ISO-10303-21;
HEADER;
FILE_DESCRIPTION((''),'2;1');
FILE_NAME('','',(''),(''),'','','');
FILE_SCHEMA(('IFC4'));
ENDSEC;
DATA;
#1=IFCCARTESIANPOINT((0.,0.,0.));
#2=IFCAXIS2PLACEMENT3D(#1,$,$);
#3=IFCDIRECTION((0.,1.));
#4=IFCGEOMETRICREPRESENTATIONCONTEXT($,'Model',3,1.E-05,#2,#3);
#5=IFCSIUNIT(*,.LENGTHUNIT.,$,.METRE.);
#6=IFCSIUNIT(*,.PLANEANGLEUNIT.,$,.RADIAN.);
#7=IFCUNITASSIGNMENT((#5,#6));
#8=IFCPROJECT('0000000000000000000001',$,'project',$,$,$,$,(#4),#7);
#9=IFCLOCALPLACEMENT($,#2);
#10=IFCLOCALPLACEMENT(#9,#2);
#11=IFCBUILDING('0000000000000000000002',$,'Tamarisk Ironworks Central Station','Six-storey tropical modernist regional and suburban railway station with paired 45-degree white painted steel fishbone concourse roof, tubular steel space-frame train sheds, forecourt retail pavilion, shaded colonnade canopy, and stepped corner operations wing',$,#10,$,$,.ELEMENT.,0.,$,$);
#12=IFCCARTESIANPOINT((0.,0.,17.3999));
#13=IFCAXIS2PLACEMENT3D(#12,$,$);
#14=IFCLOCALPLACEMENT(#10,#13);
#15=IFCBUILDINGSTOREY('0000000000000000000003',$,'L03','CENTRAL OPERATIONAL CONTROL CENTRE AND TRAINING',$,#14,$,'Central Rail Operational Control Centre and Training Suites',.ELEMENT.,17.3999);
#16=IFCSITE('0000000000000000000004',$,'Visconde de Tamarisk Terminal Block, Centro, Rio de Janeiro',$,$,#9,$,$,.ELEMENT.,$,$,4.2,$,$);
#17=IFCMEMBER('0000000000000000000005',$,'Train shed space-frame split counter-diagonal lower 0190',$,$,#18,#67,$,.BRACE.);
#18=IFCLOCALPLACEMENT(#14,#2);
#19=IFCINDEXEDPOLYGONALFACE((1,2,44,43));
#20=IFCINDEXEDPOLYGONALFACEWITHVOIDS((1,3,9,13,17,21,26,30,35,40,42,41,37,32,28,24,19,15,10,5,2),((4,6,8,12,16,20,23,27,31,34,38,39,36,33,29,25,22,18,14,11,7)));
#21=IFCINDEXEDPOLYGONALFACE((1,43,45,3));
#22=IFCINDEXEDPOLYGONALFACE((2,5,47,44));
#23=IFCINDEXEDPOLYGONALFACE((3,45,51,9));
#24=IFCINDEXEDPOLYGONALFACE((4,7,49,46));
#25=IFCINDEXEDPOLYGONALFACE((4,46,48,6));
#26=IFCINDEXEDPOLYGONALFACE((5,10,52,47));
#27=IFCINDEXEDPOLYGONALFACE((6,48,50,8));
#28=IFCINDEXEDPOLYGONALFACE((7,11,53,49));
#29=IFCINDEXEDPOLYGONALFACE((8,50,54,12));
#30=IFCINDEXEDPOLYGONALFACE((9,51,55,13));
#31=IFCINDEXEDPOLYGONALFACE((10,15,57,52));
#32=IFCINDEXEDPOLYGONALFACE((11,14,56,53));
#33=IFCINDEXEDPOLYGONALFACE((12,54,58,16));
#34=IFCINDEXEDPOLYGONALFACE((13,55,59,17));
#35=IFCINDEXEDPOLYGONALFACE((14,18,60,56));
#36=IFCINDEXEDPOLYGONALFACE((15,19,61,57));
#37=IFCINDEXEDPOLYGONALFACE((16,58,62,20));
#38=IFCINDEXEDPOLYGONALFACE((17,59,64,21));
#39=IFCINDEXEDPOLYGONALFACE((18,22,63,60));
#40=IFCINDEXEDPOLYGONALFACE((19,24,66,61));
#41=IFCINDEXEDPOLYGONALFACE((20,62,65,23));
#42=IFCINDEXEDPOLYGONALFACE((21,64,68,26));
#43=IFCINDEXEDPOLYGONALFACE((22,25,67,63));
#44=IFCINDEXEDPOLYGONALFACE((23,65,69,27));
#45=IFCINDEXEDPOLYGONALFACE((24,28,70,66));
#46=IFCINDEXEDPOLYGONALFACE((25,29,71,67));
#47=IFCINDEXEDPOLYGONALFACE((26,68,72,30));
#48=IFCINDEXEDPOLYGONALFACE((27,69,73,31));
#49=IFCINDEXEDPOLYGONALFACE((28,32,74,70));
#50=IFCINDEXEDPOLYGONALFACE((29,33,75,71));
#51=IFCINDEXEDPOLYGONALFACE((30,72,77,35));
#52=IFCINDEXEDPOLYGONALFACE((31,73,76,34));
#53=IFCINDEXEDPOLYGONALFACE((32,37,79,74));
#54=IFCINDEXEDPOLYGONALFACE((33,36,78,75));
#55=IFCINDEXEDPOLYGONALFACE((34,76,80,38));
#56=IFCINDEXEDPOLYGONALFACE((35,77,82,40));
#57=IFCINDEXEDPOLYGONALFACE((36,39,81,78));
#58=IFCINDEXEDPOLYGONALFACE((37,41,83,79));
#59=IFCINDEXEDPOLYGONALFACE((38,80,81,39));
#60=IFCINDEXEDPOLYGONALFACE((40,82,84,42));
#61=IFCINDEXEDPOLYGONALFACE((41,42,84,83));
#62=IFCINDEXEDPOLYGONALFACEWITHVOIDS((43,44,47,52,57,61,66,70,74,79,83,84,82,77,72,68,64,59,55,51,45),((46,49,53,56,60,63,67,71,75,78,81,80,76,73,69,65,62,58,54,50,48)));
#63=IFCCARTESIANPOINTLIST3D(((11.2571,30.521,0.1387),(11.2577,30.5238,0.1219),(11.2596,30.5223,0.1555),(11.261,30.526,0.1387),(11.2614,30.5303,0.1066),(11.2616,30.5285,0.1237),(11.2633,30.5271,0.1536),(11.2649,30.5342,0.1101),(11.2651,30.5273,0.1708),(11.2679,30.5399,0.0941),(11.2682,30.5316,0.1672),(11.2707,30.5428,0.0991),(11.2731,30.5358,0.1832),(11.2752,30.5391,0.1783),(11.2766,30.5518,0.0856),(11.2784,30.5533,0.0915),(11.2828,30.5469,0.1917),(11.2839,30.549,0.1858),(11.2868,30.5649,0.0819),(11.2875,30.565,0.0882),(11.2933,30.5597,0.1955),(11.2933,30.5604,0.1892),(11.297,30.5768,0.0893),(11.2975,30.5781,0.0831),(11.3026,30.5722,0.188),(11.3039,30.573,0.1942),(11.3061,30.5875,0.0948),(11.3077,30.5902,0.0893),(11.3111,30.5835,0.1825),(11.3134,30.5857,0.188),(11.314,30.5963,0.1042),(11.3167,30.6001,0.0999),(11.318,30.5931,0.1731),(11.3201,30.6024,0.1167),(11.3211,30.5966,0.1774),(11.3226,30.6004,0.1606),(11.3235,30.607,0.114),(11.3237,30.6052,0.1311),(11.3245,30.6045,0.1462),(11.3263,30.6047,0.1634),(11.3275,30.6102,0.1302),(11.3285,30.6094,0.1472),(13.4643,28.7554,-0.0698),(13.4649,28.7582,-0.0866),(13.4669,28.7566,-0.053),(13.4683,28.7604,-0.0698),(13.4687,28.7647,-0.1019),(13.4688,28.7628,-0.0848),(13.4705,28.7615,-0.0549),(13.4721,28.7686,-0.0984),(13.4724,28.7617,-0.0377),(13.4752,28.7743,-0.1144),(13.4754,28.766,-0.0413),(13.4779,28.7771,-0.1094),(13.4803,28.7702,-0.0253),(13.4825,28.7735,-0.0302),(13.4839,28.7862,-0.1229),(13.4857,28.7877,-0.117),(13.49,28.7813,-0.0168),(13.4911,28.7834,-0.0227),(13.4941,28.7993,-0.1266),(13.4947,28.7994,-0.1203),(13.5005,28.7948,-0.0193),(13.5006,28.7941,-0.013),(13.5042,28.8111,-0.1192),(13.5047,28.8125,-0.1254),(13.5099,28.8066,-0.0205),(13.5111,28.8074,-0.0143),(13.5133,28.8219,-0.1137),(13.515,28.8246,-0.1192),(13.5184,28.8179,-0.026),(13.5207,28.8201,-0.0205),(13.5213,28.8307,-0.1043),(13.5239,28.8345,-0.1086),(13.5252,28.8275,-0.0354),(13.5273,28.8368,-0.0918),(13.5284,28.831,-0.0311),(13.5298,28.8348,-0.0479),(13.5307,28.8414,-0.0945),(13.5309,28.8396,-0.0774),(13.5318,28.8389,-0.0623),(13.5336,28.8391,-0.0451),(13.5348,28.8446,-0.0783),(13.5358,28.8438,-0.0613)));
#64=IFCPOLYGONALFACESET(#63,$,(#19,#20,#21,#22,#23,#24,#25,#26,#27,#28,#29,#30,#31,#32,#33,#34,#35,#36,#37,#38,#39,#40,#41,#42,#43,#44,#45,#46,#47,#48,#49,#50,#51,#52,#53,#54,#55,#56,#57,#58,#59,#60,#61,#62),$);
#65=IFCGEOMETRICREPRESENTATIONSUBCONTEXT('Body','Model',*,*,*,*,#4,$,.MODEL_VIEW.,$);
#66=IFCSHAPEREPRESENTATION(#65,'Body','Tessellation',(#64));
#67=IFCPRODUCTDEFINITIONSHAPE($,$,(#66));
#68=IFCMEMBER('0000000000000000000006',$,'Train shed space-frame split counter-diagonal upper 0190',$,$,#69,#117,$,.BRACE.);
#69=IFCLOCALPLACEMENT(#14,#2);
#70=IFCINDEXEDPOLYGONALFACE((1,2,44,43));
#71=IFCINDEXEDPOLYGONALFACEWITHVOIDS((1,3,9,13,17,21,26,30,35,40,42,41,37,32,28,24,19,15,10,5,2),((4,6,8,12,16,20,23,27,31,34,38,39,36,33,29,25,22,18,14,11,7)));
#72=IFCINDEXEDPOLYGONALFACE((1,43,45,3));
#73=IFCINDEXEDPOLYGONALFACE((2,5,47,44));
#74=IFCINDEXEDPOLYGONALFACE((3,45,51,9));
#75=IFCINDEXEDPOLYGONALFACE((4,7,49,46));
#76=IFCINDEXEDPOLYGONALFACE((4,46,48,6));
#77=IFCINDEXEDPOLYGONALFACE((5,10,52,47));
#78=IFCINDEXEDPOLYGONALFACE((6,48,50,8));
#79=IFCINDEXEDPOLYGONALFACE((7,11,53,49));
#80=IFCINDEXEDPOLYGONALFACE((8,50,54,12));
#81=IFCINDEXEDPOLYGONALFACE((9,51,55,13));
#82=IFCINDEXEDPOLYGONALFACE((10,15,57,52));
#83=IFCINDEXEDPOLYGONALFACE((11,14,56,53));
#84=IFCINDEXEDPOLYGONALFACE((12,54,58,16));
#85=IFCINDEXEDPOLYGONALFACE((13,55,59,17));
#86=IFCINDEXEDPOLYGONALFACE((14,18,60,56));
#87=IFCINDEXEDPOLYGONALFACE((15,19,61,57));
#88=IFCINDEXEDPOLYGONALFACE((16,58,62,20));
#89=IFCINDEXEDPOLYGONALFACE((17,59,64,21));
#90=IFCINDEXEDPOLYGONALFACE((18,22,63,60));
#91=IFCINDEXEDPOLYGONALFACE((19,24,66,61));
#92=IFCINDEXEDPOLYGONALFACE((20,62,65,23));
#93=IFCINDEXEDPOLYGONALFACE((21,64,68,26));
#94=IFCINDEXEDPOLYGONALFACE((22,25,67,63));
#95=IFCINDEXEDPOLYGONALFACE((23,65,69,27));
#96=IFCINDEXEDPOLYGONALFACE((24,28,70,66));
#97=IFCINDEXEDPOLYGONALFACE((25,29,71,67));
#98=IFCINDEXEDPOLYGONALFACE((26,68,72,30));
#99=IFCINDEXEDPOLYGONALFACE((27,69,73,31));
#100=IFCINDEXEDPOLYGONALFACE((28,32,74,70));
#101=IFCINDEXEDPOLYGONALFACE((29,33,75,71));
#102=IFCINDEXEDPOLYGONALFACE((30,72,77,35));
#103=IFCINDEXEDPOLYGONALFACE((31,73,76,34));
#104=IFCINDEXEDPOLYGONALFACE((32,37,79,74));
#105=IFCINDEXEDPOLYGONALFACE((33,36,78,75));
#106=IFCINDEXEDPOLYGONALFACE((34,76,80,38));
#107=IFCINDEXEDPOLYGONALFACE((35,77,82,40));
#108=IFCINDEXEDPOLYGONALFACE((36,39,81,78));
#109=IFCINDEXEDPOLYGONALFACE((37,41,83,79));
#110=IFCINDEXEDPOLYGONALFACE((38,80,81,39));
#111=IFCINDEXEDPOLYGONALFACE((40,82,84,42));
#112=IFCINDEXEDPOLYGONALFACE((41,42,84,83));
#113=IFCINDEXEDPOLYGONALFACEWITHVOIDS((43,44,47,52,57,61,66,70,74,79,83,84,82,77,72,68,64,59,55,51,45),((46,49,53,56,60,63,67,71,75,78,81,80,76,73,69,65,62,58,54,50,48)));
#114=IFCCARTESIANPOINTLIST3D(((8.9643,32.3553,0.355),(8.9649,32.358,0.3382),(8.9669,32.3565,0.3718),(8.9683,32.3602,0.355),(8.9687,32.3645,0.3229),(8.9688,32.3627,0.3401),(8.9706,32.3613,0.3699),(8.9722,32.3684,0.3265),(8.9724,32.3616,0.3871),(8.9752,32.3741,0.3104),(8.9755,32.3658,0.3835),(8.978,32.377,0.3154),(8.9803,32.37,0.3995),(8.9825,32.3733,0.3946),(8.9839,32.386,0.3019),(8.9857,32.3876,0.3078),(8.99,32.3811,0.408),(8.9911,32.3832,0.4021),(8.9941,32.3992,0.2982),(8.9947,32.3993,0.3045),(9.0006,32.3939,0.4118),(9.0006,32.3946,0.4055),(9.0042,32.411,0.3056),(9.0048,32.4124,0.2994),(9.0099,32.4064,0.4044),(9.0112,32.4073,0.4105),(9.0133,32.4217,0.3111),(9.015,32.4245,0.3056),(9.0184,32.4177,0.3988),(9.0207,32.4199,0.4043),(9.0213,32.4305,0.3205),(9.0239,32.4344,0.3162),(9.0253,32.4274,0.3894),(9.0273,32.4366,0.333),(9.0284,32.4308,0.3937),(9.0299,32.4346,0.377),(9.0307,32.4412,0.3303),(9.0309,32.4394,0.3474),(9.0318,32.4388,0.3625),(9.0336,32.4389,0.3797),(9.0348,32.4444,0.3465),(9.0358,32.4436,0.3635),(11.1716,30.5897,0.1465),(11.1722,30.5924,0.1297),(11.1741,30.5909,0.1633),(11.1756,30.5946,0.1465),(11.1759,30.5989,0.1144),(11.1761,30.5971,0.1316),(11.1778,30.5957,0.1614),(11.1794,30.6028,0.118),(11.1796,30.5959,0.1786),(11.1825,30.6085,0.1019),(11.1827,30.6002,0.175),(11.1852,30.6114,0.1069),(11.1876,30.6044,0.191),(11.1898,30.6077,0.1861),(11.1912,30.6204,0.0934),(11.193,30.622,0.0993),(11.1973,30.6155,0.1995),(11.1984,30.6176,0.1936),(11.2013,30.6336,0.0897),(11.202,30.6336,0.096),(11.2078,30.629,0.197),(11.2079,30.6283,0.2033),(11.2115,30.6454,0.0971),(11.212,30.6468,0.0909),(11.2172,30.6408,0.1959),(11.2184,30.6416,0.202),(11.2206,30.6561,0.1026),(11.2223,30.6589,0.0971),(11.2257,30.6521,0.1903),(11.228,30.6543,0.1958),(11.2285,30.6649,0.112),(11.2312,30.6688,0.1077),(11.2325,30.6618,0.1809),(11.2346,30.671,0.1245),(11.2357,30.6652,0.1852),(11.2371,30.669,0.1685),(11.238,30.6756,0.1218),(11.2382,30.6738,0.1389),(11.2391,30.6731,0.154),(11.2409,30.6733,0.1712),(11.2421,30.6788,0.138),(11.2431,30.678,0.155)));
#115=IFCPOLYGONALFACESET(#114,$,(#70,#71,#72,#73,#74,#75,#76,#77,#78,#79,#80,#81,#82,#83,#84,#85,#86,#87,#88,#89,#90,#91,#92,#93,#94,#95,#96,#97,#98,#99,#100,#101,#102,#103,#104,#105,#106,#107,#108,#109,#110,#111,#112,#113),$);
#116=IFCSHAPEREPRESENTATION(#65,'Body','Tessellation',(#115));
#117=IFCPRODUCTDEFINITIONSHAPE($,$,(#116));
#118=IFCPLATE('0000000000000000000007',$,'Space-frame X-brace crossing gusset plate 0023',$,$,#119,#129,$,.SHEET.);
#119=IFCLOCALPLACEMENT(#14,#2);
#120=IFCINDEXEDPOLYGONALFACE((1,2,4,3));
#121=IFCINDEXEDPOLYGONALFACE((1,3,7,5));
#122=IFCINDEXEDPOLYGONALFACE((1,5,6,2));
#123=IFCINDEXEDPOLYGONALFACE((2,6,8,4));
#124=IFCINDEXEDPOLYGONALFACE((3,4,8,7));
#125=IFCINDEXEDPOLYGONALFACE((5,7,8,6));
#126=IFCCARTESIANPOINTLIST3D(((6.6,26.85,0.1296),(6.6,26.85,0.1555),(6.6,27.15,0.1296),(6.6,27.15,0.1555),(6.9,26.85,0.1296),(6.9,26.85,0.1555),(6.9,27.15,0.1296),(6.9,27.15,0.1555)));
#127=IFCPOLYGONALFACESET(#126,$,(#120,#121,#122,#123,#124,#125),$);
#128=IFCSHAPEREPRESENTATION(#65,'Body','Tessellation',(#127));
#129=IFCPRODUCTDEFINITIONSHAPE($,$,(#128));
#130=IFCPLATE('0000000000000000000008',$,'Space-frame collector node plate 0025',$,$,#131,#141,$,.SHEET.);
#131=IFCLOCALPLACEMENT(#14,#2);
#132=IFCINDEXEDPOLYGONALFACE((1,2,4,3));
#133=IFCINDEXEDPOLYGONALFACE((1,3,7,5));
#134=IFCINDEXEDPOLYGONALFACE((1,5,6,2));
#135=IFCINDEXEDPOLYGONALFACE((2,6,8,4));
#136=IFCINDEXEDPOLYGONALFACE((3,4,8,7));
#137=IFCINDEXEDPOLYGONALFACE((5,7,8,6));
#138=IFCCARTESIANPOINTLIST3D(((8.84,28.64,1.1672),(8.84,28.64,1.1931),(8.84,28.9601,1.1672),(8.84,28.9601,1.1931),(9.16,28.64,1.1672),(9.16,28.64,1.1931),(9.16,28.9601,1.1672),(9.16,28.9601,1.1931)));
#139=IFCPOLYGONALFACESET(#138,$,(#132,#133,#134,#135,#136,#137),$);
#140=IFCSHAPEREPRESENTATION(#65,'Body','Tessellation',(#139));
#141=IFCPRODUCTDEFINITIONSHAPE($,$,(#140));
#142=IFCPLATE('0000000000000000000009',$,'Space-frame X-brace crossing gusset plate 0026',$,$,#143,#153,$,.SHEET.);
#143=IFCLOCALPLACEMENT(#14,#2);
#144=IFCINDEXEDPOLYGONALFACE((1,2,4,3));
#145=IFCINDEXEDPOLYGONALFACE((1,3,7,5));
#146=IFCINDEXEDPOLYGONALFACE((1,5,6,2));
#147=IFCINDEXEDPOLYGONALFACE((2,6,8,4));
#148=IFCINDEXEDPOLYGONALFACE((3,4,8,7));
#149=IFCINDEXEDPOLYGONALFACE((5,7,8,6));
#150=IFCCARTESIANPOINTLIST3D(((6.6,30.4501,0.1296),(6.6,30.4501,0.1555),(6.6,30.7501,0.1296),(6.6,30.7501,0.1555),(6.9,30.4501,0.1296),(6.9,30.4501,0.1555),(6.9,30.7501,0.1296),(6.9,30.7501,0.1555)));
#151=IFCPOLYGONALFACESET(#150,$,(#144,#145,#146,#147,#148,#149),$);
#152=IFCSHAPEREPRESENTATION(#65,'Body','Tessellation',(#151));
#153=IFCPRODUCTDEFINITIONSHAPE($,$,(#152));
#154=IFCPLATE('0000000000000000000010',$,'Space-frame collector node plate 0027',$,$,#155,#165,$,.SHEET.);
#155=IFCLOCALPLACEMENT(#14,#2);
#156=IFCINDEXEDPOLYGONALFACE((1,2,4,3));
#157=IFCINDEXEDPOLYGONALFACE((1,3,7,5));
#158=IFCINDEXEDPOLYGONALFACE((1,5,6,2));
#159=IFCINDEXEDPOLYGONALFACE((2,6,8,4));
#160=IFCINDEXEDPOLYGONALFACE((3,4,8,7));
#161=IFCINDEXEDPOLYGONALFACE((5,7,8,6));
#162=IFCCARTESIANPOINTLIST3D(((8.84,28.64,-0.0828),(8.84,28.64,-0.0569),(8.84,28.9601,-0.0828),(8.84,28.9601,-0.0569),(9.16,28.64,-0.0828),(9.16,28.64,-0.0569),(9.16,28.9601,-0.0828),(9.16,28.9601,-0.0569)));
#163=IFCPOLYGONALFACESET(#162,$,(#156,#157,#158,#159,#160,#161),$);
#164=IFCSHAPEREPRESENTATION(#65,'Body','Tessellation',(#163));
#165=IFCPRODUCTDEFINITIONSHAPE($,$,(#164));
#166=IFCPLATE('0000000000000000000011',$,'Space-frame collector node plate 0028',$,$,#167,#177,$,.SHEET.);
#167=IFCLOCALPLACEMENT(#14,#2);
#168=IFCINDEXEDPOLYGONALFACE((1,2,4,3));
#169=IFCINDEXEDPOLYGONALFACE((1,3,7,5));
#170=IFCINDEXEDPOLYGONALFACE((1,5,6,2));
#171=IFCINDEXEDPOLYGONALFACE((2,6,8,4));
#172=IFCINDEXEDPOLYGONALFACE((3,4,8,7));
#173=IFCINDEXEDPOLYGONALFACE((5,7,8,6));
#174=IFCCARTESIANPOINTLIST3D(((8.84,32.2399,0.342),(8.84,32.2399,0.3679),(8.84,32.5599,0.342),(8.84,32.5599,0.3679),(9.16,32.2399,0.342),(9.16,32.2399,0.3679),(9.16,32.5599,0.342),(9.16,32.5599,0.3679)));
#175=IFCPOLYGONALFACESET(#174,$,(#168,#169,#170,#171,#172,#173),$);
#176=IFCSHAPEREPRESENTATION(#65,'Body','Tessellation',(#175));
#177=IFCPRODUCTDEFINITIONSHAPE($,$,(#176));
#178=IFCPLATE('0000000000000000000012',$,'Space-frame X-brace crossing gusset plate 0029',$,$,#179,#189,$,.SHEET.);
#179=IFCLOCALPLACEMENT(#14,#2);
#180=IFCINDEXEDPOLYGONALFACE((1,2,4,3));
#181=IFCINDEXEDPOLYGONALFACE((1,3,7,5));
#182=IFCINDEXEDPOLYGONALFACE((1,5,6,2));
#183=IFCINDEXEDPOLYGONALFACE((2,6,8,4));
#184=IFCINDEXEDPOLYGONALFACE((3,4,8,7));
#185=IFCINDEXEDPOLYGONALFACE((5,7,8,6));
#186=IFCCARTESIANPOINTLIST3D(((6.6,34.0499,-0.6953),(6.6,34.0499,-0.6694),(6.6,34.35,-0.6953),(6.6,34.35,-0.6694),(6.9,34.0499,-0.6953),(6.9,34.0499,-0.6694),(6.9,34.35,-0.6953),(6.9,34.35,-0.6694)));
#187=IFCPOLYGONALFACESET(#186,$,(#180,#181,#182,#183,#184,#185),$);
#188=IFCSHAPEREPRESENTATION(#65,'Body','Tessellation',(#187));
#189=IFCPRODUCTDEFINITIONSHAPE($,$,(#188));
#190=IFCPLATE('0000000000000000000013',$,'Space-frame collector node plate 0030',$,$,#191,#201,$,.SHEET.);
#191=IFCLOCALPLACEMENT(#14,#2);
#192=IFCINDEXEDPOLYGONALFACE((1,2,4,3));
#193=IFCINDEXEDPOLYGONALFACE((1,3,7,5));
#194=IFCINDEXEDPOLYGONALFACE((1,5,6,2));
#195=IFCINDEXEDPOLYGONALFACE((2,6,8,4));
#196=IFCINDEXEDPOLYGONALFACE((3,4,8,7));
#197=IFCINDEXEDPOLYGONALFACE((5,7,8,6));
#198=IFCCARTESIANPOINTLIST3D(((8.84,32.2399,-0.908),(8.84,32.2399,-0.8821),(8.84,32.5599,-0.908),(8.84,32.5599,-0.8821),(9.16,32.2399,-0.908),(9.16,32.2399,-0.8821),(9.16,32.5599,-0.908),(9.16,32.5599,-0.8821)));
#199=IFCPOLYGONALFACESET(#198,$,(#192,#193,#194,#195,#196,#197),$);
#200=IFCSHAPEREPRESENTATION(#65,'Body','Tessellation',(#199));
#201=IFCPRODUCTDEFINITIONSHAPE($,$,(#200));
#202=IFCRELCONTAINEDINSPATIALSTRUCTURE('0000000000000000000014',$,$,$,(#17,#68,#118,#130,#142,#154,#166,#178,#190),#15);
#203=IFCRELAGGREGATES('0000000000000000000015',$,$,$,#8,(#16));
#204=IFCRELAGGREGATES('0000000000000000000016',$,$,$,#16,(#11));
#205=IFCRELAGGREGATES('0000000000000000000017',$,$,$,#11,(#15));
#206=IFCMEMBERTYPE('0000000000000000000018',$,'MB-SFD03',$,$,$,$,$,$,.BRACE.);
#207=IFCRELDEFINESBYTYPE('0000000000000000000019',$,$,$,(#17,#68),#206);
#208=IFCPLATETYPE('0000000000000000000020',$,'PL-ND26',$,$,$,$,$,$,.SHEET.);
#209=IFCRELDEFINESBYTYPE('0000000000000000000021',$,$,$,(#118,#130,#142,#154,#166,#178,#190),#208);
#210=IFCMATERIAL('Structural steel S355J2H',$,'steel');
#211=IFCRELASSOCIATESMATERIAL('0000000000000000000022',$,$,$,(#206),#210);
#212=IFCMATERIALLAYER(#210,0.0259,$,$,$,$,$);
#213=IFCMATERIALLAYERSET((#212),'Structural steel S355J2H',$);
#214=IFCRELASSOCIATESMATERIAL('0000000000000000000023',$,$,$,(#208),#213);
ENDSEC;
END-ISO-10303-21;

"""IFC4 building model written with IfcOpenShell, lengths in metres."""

from ifc_helpers import new_model, si_unit, direction, frame, origin, origin_2d, place, context, subcontext, project, spatial, rectangle, hollow_circle, extrude, material, layer, layer_set, material_profile, profile_set, type_object, element, save


model = new_model("IFC4")

# Units and contexts
model_context = context("Model", 3, precision=1e-05, world=origin(), true_north=direction((0.0, 1.0)))
body_context = subcontext(model_context, "Body", "Model", "MODEL_VIEW")
ifc_project = project(units=[si_unit("LENGTHUNIT", "METRE"), si_unit("PLANEANGLEUNIT", "RADIAN")], contexts=[model_context])

# Site, building, storey
site_placement = place(None, origin())
site = spatial("IfcSite", under=ifc_project, at=site_placement, Name="Visconde de Tamarisk Terminal Block, Centro, Rio de Janeiro", CompositionType="ELEMENT", RefElevation=4.2)
building_placement = place(site_placement, origin())
building = spatial("IfcBuilding", under=site, at=building_placement, Name="Tamarisk Ironworks Central Station", Description="Six-storey tropical modernist regional and suburban railway station with paired 45-degree white painted steel fishbone concourse roof, tubular steel space-frame train sheds, forecourt retail pavilion, shaded colonnade canopy, and stepped corner operations wing", CompositionType="ELEMENT", ElevationOfRefHeight=0.0)
storey_placement = place(building_placement, frame((0.0, 0.0, 17.3999)))
storey = spatial("IfcBuildingStorey", under=building, at=storey_placement, Name="L03", Description="CENTRAL OPERATIONAL CONTROL CENTRE AND TRAINING", LongName="Central Rail Operational Control Centre and Training Suites", CompositionType="ELEMENT", Elevation=17.3999)

# Members
ifc_material = material(Name="Structural steel S355J2H", Category="steel")
ifc_material_profile_1 = material_profile(ifc_material, hollow_circle(Radius=0.0571, WallThickness=0.0063, at=origin_2d()), Name="CHS 114.3x6.3")
ifc_profile_set_1 = profile_set([ifc_material_profile_1], Name="Structural steel S355J2H")
member_type_1 = type_object("IfcMemberType", Name="MB-SFD03", PredefinedType="BRACE", material=ifc_profile_set_1)
for number, where, z_axis, x_axis, name in (
    (1, (13.5, 28.8, -0.0698), (-0.778787, 0.62296, 0.073563), (-0.624653, -0.780903, 0.0), "Train shed space-frame split counter-diagonal lower 0190"),
    (2, (11.2073, 30.6343, 0.1465), (-0.778787, 0.62296, 0.073563), (-0.624653, -0.780903, 0.0), "Train shed space-frame split counter-diagonal upper 0190"),
):
    element("IfcMember", number, at=place(storey_placement, frame(where, z_axis=z_axis, x_axis=x_axis)), inside=storey, type_object=member_type_1, Name=name, PredefinedType="BRACE", context=body_context, shape_type="SweptSolid", body=[
        extrude(hollow_circle(Radius=0.0571, WallThickness=0.0063, at=origin_2d()), origin(), (0.0, 0.0, 1.0), 2.8342),
    ])

# Plates
ifc_layer = layer(ifc_material, 0.0259)
ifc_layer_set = layer_set([ifc_layer], Name="Structural steel S355J2H")
plate_type = type_object("IfcPlateType", Name="PL-ND26", PredefinedType="SHEET", material=ifc_layer_set)
plate_1_placement = place(storey_placement, frame((6.75, 27.0, 0.1296), z_axis=(0.0, 0.0, 1.0), x_axis=(1.0, 0.0, 0.0)))
element("IfcPlate", 3, at=plate_1_placement, inside=storey, type_object=plate_type, Name="Space-frame X-brace crossing gusset plate 0023", PredefinedType="SHEET", context=body_context, shape_type="SweptSolid", body=[
    extrude(rectangle(XDim=0.3, YDim=0.3, at=origin_2d()), origin(), (0.0, 0.0, 1.0), 0.0259),
])
plate_2_placement = place(storey_placement, frame((9.0, 28.8, 1.1672), z_axis=(0.0, 0.0, 1.0), x_axis=(1.0, 0.0, 0.0)))
element("IfcPlate", 4, at=plate_2_placement, inside=storey, type_object=plate_type, Name="Space-frame collector node plate 0025", PredefinedType="SHEET", context=body_context, shape_type="SweptSolid", body=[
    extrude(rectangle(XDim=0.3201, YDim=0.3201, at=origin_2d()), origin(), (0.0, 0.0, 1.0), 0.0259),
])
plate_3_placement = place(storey_placement, frame((6.75, 30.6001, 0.1296), z_axis=(0.0, 0.0, 1.0), x_axis=(1.0, 0.0, 0.0)))
element("IfcPlate", 5, at=plate_3_placement, inside=storey, type_object=plate_type, Name="Space-frame X-brace crossing gusset plate 0026", PredefinedType="SHEET", context=body_context, shape_type="SweptSolid", body=[
    extrude(rectangle(XDim=0.3, YDim=0.3, at=origin_2d()), origin(), (0.0, 0.0, 1.0), 0.0259),
])
for number, where, z_axis, x_axis, name in (
    (6, (9.0, 28.8, -0.0828), (0.0, 0.0, 1.0), (1.0, 0.0, 0.0), "Space-frame collector node plate 0027"),
    (7, (9.0, 32.3999, 0.342), (0.0, 0.0, 1.0), (1.0, 0.0, 0.0), "Space-frame collector node plate 0028"),
):
    element("IfcPlate", number, at=place(storey_placement, frame(where, z_axis=z_axis, x_axis=x_axis)), inside=storey, type_object=plate_type, Name=name, PredefinedType="SHEET", context=body_context, shape_type="SweptSolid", body=[
        extrude(rectangle(XDim=0.3201, YDim=0.3201, at=origin_2d()), origin(), (0.0, 0.0, 1.0), 0.0259),
    ])
plate_4_placement = place(storey_placement, frame((6.75, 34.2, -0.6953), z_axis=(0.0, 0.0, 1.0), x_axis=(1.0, 0.0, 0.0)))
element("IfcPlate", 8, at=plate_4_placement, inside=storey, type_object=plate_type, Name="Space-frame X-brace crossing gusset plate 0029", PredefinedType="SHEET", context=body_context, shape_type="SweptSolid", body=[
    extrude(rectangle(XDim=0.3, YDim=0.3, at=origin_2d()), origin(), (0.0, 0.0, 1.0), 0.0259),
])
plate_5_placement = place(storey_placement, frame((9.0, 32.3999, -0.908), z_axis=(0.0, 0.0, 1.0), x_axis=(1.0, 0.0, 0.0)))
element("IfcPlate", 9, at=plate_5_placement, inside=storey, type_object=plate_type, Name="Space-frame collector node plate 0030", PredefinedType="SHEET", context=body_context, shape_type="SweptSolid", body=[
    extrude(rectangle(XDim=0.3201, YDim=0.3201, at=origin_2d()), origin(), (0.0, 0.0, 1.0), 0.0259),
])

save(model, "model.ifc")
